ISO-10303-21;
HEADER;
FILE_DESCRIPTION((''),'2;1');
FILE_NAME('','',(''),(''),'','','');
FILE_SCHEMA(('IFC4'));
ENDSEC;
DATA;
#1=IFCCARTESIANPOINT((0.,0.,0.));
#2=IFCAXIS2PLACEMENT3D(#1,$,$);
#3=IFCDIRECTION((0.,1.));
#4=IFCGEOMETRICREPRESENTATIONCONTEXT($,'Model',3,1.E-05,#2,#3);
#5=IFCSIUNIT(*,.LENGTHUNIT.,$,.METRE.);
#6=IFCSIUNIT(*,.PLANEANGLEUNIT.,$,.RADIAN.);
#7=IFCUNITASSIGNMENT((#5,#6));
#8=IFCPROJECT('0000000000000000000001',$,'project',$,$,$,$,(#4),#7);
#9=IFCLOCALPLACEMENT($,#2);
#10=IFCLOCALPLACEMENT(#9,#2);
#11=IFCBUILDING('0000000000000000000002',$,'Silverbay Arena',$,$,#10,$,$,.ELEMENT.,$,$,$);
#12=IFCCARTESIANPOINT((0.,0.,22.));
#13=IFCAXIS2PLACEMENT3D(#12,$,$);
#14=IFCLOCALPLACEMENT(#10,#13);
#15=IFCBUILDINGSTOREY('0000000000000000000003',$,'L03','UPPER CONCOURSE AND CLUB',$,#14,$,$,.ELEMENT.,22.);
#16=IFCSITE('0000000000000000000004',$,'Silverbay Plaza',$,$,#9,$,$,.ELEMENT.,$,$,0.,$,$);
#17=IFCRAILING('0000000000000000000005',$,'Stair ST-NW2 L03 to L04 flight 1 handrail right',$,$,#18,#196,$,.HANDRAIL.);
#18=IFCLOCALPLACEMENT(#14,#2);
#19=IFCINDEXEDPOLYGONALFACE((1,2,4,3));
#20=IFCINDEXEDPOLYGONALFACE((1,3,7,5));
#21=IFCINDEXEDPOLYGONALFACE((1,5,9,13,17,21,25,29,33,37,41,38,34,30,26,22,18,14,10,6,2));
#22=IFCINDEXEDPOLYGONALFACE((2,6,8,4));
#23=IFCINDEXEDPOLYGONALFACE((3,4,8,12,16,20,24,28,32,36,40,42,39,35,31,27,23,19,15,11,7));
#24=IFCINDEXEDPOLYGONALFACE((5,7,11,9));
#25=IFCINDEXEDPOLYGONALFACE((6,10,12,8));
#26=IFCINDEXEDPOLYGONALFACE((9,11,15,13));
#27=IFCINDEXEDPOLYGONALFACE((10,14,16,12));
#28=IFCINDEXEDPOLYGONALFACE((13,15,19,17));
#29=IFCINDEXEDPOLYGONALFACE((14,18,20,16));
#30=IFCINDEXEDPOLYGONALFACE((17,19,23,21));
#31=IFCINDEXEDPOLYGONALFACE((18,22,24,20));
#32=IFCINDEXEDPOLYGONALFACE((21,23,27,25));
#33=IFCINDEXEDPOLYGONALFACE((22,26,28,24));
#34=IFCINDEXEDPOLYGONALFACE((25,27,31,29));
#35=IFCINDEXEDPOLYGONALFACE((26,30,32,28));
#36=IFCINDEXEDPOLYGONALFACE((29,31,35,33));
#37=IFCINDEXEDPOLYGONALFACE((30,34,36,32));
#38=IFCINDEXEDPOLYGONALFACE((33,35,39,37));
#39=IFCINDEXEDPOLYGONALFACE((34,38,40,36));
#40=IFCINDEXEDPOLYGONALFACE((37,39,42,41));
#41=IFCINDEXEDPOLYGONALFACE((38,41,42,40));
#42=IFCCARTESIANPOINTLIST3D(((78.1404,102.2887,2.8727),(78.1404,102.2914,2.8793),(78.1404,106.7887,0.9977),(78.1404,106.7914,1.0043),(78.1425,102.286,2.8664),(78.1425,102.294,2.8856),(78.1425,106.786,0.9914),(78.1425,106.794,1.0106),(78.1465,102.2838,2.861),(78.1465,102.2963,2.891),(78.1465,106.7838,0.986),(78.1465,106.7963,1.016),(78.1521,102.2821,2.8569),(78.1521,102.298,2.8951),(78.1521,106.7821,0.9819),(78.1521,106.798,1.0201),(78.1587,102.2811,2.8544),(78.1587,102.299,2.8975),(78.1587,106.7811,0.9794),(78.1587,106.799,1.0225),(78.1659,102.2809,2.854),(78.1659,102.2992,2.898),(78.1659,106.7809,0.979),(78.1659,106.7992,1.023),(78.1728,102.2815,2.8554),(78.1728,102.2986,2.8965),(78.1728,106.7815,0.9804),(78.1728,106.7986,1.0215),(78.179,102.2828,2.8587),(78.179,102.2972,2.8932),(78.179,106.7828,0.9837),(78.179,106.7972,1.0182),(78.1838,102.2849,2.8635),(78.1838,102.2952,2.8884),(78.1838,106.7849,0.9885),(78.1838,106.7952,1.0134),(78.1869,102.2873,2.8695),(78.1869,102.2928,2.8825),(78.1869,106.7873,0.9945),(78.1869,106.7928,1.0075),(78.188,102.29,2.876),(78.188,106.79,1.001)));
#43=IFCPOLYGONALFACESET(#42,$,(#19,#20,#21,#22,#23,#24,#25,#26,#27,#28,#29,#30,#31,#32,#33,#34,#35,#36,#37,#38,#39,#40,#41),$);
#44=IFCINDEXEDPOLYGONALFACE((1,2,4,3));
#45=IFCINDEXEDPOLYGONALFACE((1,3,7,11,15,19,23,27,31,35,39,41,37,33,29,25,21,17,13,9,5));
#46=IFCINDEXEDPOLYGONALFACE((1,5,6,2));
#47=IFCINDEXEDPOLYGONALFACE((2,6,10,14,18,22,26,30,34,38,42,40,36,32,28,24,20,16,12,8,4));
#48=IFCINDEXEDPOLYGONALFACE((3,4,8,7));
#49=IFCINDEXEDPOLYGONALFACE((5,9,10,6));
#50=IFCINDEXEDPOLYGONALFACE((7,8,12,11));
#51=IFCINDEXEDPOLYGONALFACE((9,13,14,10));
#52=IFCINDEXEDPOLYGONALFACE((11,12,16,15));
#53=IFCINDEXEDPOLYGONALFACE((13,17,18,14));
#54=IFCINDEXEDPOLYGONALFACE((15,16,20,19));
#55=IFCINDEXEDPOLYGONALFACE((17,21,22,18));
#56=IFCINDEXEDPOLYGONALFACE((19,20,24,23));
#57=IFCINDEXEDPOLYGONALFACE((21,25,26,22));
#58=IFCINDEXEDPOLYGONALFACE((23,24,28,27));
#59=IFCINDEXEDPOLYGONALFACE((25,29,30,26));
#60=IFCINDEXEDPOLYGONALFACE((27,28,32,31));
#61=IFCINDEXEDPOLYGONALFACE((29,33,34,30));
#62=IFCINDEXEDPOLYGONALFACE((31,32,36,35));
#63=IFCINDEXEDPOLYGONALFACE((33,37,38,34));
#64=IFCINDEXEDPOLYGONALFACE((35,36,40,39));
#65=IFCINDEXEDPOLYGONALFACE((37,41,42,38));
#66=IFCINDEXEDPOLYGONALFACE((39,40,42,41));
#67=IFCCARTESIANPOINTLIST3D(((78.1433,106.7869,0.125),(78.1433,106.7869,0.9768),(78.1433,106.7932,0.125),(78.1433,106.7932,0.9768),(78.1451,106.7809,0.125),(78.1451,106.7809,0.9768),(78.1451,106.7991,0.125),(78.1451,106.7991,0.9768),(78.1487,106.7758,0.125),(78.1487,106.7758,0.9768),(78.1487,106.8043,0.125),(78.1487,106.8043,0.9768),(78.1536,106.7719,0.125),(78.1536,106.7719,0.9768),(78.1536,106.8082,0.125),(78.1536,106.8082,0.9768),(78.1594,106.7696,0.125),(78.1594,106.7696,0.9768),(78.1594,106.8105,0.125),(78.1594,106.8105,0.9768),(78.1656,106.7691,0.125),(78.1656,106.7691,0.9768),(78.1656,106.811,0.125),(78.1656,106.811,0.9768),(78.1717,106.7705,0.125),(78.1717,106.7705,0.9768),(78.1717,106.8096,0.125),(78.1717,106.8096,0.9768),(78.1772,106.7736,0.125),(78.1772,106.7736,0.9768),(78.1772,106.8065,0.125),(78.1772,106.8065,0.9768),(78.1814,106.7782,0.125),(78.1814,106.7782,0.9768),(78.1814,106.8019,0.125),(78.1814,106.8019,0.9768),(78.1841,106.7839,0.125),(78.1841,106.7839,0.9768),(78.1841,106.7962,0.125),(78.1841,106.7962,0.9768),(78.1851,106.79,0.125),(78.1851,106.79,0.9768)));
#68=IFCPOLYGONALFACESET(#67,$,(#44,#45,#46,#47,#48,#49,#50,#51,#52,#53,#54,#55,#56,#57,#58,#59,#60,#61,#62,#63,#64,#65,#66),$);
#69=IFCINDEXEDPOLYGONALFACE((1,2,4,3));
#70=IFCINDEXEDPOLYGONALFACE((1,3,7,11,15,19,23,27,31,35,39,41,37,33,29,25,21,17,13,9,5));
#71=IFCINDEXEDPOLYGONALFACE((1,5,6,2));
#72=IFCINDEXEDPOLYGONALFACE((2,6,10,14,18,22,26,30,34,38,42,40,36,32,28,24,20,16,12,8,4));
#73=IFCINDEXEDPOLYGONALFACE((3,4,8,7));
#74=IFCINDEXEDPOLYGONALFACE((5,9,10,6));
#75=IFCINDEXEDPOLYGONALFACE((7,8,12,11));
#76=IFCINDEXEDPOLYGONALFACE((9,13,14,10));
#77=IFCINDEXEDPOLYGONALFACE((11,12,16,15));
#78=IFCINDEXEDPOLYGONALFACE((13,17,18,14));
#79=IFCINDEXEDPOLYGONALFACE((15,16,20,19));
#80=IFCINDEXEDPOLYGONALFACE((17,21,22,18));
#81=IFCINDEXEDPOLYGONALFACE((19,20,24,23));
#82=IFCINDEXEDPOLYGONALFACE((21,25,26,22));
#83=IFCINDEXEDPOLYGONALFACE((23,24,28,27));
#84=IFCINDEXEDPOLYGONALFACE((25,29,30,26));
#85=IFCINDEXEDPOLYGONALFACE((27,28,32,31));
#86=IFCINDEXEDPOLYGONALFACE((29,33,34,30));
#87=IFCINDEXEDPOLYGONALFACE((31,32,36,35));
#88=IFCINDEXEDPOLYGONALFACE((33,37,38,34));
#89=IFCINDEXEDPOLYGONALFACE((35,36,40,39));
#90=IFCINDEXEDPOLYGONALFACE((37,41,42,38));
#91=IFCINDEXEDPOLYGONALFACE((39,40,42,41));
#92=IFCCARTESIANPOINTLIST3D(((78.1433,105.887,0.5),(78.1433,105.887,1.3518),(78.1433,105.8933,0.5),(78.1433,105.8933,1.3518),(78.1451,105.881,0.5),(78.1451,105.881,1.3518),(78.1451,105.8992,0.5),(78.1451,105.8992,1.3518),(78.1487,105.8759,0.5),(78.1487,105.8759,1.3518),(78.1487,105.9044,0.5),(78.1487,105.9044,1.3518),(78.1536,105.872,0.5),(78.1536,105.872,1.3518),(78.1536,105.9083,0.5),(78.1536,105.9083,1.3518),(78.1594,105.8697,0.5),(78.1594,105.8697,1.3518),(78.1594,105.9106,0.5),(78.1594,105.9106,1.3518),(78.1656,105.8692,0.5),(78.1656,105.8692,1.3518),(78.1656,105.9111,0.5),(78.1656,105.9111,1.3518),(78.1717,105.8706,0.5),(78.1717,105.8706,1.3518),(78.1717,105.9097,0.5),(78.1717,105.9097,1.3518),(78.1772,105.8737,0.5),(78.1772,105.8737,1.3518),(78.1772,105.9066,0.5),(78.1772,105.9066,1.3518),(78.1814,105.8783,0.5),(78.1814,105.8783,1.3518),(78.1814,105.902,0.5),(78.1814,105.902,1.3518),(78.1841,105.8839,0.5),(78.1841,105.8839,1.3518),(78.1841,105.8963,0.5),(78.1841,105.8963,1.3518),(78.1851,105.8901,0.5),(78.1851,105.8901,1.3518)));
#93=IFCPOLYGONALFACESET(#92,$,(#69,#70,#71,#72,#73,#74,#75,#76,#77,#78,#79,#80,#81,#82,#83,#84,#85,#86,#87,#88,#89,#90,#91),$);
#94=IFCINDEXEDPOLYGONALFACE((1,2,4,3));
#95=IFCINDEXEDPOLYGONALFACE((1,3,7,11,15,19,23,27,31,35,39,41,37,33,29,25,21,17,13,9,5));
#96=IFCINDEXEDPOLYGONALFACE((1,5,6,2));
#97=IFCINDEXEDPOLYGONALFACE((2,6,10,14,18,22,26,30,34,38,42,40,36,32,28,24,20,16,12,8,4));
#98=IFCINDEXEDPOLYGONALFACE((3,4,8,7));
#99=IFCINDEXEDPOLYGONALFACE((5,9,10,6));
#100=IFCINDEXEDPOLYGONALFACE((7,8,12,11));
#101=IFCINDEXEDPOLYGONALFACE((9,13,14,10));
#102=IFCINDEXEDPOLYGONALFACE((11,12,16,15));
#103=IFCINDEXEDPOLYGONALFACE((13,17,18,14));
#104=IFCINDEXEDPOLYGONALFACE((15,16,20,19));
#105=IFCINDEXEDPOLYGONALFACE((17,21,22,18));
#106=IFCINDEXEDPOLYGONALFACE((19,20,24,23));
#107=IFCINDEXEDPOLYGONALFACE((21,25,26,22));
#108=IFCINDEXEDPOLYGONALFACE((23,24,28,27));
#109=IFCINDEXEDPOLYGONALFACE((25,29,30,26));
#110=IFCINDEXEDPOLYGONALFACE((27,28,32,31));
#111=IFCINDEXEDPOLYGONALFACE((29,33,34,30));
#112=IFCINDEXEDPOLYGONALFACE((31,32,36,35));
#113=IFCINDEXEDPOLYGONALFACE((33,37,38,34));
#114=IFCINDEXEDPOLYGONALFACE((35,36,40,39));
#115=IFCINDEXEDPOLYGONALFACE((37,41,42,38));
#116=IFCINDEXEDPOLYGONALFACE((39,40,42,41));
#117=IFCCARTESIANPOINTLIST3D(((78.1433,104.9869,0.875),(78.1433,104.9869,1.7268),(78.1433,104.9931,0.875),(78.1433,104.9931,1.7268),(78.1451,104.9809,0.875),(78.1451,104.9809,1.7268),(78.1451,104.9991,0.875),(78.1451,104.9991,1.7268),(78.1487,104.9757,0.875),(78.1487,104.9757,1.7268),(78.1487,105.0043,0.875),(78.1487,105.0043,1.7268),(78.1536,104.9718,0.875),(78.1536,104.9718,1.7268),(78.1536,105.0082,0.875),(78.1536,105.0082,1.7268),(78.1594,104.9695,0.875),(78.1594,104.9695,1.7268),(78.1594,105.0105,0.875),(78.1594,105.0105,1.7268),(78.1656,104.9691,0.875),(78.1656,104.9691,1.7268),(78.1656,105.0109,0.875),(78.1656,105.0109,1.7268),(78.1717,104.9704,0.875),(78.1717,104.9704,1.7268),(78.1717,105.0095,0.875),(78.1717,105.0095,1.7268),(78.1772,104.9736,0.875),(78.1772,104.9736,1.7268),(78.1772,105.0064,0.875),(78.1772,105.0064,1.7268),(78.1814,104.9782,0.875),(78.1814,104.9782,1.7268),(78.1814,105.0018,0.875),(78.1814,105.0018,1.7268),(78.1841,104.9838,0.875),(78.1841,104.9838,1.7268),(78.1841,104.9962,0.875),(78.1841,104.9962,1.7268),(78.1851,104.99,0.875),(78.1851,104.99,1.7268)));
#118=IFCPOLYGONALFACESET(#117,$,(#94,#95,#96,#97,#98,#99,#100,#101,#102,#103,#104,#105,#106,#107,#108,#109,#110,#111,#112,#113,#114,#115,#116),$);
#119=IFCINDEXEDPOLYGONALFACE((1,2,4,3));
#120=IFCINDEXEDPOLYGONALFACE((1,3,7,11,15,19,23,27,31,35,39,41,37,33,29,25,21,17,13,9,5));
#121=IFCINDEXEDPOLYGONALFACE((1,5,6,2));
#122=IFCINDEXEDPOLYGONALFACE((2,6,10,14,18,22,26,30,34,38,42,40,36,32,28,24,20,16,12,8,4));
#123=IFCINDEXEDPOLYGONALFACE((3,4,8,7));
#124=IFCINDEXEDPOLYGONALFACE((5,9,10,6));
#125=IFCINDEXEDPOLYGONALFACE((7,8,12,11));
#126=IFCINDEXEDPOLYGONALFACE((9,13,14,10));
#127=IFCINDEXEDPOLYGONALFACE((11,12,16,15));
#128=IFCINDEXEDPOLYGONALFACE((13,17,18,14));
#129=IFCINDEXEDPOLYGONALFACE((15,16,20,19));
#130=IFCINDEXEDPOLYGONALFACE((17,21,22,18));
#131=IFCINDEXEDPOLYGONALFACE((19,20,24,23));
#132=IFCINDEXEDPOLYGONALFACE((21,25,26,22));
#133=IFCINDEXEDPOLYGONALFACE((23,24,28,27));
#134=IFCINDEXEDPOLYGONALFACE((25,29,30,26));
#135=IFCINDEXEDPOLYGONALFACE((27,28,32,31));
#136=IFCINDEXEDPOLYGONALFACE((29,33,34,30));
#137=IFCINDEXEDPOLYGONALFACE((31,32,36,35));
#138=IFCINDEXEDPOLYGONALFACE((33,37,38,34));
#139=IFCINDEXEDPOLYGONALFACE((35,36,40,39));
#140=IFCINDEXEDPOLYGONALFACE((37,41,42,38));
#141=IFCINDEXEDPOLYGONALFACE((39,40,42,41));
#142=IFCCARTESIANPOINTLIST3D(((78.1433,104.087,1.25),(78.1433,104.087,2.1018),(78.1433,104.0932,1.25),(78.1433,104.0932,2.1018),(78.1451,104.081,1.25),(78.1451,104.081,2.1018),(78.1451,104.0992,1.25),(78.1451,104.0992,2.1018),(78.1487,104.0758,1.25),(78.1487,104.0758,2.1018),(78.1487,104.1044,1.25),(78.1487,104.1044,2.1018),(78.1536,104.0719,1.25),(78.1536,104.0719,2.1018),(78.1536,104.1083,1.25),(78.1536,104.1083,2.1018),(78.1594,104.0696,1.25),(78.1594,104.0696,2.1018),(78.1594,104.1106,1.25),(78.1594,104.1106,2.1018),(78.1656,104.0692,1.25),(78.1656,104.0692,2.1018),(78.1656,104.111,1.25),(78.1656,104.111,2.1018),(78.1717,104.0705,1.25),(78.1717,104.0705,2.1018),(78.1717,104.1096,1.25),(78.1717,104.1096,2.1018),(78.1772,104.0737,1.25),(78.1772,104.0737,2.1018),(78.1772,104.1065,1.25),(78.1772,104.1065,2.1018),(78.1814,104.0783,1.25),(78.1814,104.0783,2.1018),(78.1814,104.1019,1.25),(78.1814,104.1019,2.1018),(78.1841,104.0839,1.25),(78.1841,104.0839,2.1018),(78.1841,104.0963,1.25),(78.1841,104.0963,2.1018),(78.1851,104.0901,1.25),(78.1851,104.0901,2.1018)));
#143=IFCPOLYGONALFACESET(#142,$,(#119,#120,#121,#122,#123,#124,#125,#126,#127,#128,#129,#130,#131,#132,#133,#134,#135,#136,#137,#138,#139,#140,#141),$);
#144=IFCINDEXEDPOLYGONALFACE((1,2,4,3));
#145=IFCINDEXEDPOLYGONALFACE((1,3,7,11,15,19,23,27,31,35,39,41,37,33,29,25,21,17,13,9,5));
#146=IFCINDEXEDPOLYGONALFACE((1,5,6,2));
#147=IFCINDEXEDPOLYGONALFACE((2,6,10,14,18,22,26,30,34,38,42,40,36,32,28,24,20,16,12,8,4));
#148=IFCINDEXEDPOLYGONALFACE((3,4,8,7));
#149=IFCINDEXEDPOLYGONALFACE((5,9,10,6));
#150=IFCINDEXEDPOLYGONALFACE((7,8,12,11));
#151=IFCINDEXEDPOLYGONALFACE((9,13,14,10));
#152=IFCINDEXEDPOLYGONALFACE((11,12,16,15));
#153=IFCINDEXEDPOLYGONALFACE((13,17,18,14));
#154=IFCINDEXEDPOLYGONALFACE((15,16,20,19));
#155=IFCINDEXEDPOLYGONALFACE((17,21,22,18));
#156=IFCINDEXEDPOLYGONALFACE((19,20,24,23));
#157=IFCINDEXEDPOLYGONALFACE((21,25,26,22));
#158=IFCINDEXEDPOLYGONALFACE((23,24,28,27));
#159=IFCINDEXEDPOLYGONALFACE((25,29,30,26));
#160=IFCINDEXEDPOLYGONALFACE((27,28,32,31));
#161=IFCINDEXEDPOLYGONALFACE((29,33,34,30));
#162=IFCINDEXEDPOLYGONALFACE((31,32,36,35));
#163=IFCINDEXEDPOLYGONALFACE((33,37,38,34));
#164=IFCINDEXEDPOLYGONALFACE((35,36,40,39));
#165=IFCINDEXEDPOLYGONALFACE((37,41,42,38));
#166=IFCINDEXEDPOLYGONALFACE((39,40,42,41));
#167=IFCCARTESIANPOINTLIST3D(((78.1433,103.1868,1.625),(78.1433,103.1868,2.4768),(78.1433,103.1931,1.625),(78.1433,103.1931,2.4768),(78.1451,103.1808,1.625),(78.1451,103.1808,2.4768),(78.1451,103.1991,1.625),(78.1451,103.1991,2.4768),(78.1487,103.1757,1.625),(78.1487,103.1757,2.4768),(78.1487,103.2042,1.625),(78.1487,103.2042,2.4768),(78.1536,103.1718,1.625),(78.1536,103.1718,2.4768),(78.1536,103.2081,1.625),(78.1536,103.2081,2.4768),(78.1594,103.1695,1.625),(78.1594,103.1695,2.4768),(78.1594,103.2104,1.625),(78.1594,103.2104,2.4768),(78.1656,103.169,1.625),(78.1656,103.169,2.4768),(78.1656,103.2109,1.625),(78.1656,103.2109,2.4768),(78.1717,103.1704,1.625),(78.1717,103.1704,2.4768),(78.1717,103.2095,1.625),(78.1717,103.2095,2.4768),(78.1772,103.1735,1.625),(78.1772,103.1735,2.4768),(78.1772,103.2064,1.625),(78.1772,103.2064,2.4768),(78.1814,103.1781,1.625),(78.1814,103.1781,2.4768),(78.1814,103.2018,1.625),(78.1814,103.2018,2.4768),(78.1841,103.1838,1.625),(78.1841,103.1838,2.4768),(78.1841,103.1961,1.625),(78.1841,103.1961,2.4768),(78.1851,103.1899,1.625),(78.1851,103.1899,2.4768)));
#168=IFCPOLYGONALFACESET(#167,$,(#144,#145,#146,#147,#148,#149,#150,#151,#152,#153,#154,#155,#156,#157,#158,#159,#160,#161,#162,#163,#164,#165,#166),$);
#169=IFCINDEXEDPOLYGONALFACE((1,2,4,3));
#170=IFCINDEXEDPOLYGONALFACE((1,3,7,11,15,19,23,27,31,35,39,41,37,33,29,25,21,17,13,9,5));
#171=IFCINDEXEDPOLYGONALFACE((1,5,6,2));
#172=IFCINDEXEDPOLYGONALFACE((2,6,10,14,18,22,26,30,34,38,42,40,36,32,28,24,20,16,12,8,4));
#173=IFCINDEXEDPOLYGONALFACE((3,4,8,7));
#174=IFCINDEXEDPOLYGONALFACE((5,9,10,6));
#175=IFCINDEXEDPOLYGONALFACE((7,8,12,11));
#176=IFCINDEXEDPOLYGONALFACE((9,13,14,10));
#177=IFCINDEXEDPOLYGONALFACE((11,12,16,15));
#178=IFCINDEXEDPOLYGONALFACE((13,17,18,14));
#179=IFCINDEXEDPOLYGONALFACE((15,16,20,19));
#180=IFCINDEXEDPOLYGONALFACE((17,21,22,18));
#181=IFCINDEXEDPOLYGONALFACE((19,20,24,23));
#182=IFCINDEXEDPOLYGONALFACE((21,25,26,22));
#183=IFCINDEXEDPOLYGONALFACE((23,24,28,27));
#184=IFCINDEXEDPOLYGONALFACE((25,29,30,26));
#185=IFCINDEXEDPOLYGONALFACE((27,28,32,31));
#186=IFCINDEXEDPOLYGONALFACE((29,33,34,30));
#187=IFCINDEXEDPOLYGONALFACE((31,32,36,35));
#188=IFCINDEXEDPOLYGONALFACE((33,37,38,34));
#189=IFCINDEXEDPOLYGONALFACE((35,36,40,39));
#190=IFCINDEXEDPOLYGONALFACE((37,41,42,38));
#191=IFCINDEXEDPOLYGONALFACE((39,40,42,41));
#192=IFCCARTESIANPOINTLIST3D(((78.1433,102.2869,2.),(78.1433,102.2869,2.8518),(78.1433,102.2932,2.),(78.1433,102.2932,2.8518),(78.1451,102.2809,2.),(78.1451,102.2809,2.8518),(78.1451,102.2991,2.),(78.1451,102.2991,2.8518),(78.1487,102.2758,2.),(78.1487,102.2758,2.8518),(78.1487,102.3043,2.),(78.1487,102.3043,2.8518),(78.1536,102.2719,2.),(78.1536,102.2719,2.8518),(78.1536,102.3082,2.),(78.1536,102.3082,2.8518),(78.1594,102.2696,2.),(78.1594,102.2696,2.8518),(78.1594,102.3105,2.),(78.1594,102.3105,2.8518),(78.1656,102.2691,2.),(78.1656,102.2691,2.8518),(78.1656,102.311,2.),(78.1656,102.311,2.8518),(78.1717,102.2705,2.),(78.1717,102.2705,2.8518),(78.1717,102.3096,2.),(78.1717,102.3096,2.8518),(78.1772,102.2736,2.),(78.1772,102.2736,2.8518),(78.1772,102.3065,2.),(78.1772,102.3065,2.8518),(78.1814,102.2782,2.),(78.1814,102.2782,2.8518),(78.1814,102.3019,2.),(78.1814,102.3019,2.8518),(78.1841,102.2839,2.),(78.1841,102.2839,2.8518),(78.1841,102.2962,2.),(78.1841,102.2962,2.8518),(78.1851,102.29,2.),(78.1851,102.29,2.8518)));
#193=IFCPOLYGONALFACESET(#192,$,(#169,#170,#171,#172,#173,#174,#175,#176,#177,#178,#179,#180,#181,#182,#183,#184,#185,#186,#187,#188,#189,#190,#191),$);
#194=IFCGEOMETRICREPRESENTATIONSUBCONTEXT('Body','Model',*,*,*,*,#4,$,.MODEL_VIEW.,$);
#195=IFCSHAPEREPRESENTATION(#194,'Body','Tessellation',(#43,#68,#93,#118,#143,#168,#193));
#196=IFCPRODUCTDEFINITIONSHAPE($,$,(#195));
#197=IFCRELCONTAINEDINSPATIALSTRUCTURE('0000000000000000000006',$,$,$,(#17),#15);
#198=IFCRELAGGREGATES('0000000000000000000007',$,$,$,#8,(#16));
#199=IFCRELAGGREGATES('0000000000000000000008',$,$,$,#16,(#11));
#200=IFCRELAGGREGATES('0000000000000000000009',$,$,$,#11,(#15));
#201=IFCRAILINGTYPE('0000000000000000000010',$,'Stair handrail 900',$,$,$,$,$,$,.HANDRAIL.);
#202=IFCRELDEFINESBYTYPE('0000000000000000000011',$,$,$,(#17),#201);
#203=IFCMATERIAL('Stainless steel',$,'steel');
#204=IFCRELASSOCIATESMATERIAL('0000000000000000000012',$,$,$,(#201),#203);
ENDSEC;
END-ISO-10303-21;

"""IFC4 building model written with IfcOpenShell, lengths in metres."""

from ifc_helpers import new_model, si_unit, direction, frame, origin, origin_2d, place, context, subcontext, project, spatial, circle, extrude, material, type_object, element, save


model = new_model("IFC4")

# Units and contexts
model_context = context("Model", 3, precision=1e-05, world=origin(), true_north=direction((0.0, 1.0)))
body_context = subcontext(model_context, "Body", "Model", "MODEL_VIEW")
ifc_project = project(units=[si_unit("LENGTHUNIT", "METRE"), si_unit("PLANEANGLEUNIT", "RADIAN")], contexts=[model_context])

# Site, building, storey
site_placement = place(None, origin())
site = spatial("IfcSite", under=ifc_project, at=site_placement, Name="Silverbay Plaza", CompositionType="ELEMENT", RefElevation=0.0)
building_placement = place(site_placement, origin())
building = spatial("IfcBuilding", under=site, at=building_placement, Name="Silverbay Arena", CompositionType="ELEMENT")
storey_placement = place(building_placement, frame((0.0, 0.0, 22.0)))
storey = spatial("IfcBuildingStorey", under=building, at=storey_placement, Name="L03", Description="UPPER CONCOURSE AND CLUB", CompositionType="ELEMENT", Elevation=22.0)

# Railing
ifc_material_1 = material(Name="Stainless steel", Category="steel")
railing_type_1 = type_object("IfcRailingType", Name="Stair handrail 900", PredefinedType="HANDRAIL", material=ifc_material_1)
for number, where, name in (
    (1, (78.1641, 106.79, 0.125), "Stair ST-NW2 L03 to L04 flight 1 handrail right"),
):
    element("IfcRailing", number, at=place(storey_placement, frame(where)), inside=storey, type_object=railing_type_1, Name=name, PredefinedType="HANDRAIL", context=body_context, shape_type="SweptSolid", body=[
        extrude(circle(Radius=0.0239, at=origin_2d()), frame((0.0, 0.0, 0.876), z_axis=(0.0, -0.923077, 0.384615), x_axis=(1.0, 0.0, 0.0)), (0.0, 0.0, 1.0), 4.875),
        extrude(circle(Radius=0.021, at=origin_2d()), origin(), (0.0, 0.0, 1.0), 0.8518),
        extrude(circle(Radius=0.021, at=origin_2d()), frame((0.0, -0.8999, 0.375)), (0.0, 0.0, 1.0), 0.8518),
        extrude(circle(Radius=0.021, at=origin_2d()), frame((0.0, -1.8, 0.75)), (0.0, 0.0, 1.0), 0.8518),
        extrude(circle(Radius=0.021, at=origin_2d()), frame((0.0, -2.7, 1.125)), (0.0, 0.0, 1.0), 0.8518),
        extrude(circle(Radius=0.021, at=origin_2d()), frame((0.0, -3.6001, 1.5)), (0.0, 0.0, 1.0), 0.8518),
        extrude(circle(Radius=0.021, at=origin_2d()), frame((0.0, -4.5, 1.875)), (0.0, 0.0, 1.0), 0.8518),
    ])

save(model, "model.ifc")
